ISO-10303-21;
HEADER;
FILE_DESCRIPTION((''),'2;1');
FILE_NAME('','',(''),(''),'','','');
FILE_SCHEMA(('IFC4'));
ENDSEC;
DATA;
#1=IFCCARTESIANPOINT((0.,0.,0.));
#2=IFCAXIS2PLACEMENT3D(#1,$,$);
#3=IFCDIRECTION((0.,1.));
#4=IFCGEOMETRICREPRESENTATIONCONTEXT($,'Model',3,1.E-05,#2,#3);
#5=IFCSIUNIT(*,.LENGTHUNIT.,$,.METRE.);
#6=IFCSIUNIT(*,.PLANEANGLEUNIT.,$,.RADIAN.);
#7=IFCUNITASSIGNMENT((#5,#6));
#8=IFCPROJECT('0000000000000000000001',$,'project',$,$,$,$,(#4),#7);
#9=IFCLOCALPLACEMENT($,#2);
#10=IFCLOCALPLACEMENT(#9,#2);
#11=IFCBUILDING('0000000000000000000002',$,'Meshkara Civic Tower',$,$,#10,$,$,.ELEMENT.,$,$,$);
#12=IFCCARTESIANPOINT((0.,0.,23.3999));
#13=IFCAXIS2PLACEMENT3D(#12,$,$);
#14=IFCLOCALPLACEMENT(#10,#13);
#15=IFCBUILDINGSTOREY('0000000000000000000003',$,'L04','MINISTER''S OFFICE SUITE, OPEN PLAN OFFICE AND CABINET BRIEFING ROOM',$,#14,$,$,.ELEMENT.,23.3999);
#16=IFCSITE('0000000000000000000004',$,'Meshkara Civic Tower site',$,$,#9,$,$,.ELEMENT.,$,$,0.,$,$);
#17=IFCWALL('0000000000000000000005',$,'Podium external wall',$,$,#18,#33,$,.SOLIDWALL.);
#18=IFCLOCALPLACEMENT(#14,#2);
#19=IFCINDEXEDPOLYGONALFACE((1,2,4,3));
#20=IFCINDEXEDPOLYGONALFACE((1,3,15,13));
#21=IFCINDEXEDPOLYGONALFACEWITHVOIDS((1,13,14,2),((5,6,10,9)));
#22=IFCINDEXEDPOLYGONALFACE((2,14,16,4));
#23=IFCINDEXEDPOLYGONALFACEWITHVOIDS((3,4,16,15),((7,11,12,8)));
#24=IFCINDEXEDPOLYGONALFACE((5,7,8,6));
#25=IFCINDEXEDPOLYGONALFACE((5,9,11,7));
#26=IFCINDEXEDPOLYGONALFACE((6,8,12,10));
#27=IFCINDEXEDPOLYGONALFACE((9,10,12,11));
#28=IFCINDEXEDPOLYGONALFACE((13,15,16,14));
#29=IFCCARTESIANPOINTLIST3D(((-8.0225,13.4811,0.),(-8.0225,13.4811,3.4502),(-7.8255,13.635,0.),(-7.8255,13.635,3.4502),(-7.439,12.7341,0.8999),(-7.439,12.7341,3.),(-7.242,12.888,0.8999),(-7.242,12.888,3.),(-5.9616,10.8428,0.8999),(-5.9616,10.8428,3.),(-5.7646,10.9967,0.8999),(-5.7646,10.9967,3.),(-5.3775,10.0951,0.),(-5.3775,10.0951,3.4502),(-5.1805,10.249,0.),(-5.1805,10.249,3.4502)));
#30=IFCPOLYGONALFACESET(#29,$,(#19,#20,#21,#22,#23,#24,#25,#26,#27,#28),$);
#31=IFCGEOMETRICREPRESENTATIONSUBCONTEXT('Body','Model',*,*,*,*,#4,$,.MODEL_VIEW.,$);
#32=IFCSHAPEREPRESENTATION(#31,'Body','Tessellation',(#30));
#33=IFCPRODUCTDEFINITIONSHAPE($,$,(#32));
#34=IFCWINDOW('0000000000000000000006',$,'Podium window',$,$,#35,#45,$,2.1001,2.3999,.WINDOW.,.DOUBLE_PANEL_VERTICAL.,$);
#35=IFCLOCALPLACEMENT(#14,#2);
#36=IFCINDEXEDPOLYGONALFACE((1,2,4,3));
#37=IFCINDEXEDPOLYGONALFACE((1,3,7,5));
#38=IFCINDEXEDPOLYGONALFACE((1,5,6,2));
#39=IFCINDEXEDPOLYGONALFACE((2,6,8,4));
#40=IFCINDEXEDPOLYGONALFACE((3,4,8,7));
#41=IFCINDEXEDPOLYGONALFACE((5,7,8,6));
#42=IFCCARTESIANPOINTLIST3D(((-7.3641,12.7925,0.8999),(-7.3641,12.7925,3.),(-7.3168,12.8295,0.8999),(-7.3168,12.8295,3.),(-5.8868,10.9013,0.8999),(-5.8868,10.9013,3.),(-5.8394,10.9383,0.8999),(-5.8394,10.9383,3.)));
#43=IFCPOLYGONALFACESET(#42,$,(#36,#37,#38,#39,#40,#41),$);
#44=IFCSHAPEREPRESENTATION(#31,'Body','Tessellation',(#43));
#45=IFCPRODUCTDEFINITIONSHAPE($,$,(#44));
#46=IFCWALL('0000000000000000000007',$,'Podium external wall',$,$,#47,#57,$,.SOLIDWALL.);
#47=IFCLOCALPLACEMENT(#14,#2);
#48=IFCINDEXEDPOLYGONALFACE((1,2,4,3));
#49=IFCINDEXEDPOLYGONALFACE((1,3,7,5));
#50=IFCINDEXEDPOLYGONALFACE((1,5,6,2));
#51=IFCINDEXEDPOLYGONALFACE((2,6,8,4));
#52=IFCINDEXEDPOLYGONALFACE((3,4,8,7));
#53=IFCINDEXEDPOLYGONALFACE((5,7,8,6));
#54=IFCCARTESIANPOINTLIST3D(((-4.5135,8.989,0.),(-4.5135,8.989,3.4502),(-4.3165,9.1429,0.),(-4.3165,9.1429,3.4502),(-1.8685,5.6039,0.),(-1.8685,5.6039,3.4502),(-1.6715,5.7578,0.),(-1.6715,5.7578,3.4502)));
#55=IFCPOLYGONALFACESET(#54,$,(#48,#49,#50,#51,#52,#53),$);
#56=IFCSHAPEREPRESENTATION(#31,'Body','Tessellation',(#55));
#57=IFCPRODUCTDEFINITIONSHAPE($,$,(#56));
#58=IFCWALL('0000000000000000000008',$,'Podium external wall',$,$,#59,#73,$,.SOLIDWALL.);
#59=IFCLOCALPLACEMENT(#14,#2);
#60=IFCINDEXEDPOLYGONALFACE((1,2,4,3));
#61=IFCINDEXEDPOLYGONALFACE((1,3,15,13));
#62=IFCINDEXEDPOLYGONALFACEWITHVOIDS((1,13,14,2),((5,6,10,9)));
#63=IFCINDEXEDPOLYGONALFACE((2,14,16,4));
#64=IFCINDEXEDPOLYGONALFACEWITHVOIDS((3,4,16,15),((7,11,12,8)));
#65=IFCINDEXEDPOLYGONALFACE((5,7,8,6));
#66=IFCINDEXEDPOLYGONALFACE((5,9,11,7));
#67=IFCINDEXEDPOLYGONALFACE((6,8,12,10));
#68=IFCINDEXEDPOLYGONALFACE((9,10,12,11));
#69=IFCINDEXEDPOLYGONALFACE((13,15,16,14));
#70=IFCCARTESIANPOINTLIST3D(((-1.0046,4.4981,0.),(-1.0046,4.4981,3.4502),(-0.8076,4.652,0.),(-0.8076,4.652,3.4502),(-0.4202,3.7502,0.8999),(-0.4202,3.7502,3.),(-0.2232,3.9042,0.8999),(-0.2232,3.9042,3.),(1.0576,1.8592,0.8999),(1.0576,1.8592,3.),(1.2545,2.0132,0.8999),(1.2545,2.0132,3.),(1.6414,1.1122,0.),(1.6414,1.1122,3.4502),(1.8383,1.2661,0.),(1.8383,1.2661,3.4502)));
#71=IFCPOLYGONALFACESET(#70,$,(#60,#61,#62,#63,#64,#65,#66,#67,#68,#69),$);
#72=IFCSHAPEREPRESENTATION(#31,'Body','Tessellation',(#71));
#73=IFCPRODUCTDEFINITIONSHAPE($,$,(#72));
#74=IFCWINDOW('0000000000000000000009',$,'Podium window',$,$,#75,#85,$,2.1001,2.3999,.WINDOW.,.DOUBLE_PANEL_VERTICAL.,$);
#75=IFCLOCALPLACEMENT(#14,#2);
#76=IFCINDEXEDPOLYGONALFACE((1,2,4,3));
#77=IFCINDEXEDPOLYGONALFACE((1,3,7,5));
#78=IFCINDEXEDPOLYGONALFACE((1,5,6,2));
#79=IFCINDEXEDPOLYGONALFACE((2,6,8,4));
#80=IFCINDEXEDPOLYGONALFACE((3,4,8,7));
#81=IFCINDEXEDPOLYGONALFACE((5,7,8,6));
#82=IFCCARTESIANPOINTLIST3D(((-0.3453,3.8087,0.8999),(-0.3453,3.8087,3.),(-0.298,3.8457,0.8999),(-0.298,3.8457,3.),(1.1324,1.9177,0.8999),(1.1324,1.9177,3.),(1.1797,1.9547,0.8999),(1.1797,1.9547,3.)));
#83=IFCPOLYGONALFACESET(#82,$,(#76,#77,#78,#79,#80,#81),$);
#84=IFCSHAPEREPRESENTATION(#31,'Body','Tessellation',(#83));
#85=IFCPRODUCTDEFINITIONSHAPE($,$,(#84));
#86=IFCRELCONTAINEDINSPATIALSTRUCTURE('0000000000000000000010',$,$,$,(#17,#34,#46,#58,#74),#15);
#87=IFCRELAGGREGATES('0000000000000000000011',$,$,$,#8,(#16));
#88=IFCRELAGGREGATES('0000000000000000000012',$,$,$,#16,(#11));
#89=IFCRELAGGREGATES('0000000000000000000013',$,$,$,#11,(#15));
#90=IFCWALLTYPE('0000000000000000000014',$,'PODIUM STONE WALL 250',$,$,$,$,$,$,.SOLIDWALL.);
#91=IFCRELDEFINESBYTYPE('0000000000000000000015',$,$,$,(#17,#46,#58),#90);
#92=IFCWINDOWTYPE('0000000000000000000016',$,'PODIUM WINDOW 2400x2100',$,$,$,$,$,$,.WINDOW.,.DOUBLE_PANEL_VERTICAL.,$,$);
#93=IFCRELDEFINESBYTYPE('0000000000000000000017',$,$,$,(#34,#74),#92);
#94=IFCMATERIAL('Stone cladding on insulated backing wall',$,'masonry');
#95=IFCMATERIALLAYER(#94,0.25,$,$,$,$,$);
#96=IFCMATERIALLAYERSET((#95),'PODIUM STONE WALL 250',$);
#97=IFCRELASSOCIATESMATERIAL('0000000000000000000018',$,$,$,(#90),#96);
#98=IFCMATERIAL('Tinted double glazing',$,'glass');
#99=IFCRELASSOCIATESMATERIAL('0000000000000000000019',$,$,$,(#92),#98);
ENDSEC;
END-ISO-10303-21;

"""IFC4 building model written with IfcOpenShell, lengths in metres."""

from ifc_helpers import new_model, si_unit, direction, frame, frame_2d, origin, place, context, subcontext, project, spatial, rectangle, extrude, material, layer, layer_set, type_object, element, fill, save


model = new_model("IFC4")

# Units and contexts
model_context = context("Model", 3, precision=1e-05, world=origin(), true_north=direction((0.0, 1.0)))
body_context = subcontext(model_context, "Body", "Model", "MODEL_VIEW")
ifc_project = project(units=[si_unit("LENGTHUNIT", "METRE"), si_unit("PLANEANGLEUNIT", "RADIAN")], contexts=[model_context])

# Site, building, storey
site_placement = place(None, origin())
site = spatial("IfcSite", under=ifc_project, at=site_placement, Name="Meshkara Civic Tower site", CompositionType="ELEMENT", RefElevation=0.0)
building_placement = place(site_placement, origin())
building = spatial("IfcBuilding", under=site, at=building_placement, Name="Meshkara Civic Tower", CompositionType="ELEMENT")
storey_placement = place(building_placement, frame((0.0, 0.0, 23.3999)))
storey = spatial("IfcBuildingStorey", under=building, at=storey_placement, Name="L04", Description="MINISTER'S OFFICE SUITE, OPEN PLAN OFFICE AND CABINET BRIEFING ROOM", CompositionType="ELEMENT", Elevation=23.3999)

# Wall, opening, window
ifc_material_1 = material(Name="Stone cladding on insulated backing wall", Category="masonry")
ifc_layer_1 = layer(ifc_material_1, 0.25)
ifc_layer_set_1 = layer_set([ifc_layer_1], Name="PODIUM STONE WALL 250")
wall_type_1 = type_object("IfcWallType", Name="PODIUM STONE WALL 250", PredefinedType="SOLIDWALL", material=ifc_layer_set_1)
wall_1_placement = place(storey_placement, frame((-7.9241, 13.5581, 0.0), z_axis=(0.0, 0.0, 1.0), x_axis=(0.615603, -0.788056, 0.0)))
wall_1 = element("IfcWall", 1, at=wall_1_placement, inside=storey, type_object=wall_type_1, Name="Podium external wall", PredefinedType="SOLIDWALL", context=body_context, shape_type="SweptSolid", body=[
    extrude(rectangle(XDim=4.2966, YDim=0.25, at=frame_2d((2.1484, 0.0))), origin(), (0.0, 0.0, 1.0), 3.4502),
])
opening_1_placement = place(wall_1_placement, frame((0.948, 0.0, 0.8999)))
opening_1 = element("IfcOpeningElement", 2, at=opening_1_placement, cuts=wall_1, PredefinedType="OPENING", context=body_context, shape_type="SweptSolid", body=[
    extrude(rectangle(XDim=2.3999, YDim=2.1001, at=frame_2d((1.2, 1.05))), frame((0.0, 0.135, 0.0), z_axis=(0.0, -1.0, 0.0), x_axis=(1.0, 0.0, 0.0)), (0.0, 0.0, 1.0), 0.27),
])
ifc_material_2 = material(Name="Tinted double glazing", Category="glass")
window_type = type_object("IfcWindowType", Name="PODIUM WINDOW 2400x2100", PartitioningType="DOUBLE_PANEL_VERTICAL", PredefinedType="WINDOW", material=ifc_material_2)
window_1_placement = place(opening_1_placement, origin())
window_1 = element("IfcWindow", 3, at=window_1_placement, inside=storey, type_object=window_type, Name="Podium window", OverallHeight=2.1001, OverallWidth=2.3999, PartitioningType="DOUBLE_PANEL_VERTICAL", PredefinedType="WINDOW", context=body_context, shape_type="SweptSolid", body=[
    extrude(rectangle(XDim=2.3999, YDim=2.1001, at=frame_2d((1.2, 1.05))), frame((0.0, 0.03, 0.0), z_axis=(0.0, -1.0, 0.0), x_axis=(1.0, 0.0, 0.0)), (0.0, 0.0, 1.0), 0.0601),
])
fill(opening_1, window_1)

# Wall
wall_2_placement = place(storey_placement, frame((-4.415, 9.0659, 0.0), z_axis=(0.0, 0.0, 1.0), x_axis=(0.615714, -0.78797, 0.0)))
element("IfcWall", 4, at=wall_2_placement, inside=storey, type_object=wall_type_1, Name="Podium external wall", PredefinedType="SOLIDWALL", context=body_context, shape_type="SweptSolid", body=[
    extrude(rectangle(XDim=4.2959, YDim=0.25, at=frame_2d((2.1479, 0.0))), origin(), (0.0, 0.0, 1.0), 3.4502),
])

# Wall, opening, window
wall_3_placement = place(storey_placement, frame((-0.906, 4.575, 0.0), z_axis=(0.0, 0.0, 1.0), x_axis=(0.615744, -0.787946, 0.0)))
wall_3 = element("IfcWall", 5, at=wall_3_placement, inside=storey, type_object=wall_type_1, Name="Podium external wall", PredefinedType="SOLIDWALL", context=body_context, shape_type="SweptSolid", body=[
    extrude(rectangle(XDim=4.2971, YDim=0.25, at=frame_2d((2.1484, 0.0))), origin(), (0.0, 0.0, 1.0), 3.4502),
])
opening_2_placement = place(wall_3_placement, frame((0.949, 0.0, 0.8999)))
opening_2 = element("IfcOpeningElement", 6, at=opening_2_placement, cuts=wall_3, PredefinedType="OPENING", context=body_context, shape_type="SweptSolid", body=[
    extrude(rectangle(XDim=2.3999, YDim=2.1001, at=frame_2d((1.2, 1.05))), frame((0.0, 0.135, 0.0), z_axis=(0.0, -1.0, 0.0), x_axis=(1.0, 0.0, 0.0)), (0.0, 0.0, 1.0), 0.27),
])
window_2_placement = place(opening_2_placement, origin())
window_2 = element("IfcWindow", 7, at=window_2_placement, inside=storey, type_object=window_type, Name="Podium window", OverallHeight=2.1001, OverallWidth=2.3999, PartitioningType="DOUBLE_PANEL_VERTICAL", PredefinedType="WINDOW", context=body_context, shape_type="SweptSolid", body=[
    extrude(rectangle(XDim=2.3999, YDim=2.1001, at=frame_2d((1.2, 1.05))), frame((0.0, 0.03, 0.0), z_axis=(0.0, -1.0, 0.0), x_axis=(1.0, 0.0, 0.0)), (0.0, 0.0, 1.0), 0.0601),
])
fill(opening_2, window_2)

save(model, "model.ifc")
